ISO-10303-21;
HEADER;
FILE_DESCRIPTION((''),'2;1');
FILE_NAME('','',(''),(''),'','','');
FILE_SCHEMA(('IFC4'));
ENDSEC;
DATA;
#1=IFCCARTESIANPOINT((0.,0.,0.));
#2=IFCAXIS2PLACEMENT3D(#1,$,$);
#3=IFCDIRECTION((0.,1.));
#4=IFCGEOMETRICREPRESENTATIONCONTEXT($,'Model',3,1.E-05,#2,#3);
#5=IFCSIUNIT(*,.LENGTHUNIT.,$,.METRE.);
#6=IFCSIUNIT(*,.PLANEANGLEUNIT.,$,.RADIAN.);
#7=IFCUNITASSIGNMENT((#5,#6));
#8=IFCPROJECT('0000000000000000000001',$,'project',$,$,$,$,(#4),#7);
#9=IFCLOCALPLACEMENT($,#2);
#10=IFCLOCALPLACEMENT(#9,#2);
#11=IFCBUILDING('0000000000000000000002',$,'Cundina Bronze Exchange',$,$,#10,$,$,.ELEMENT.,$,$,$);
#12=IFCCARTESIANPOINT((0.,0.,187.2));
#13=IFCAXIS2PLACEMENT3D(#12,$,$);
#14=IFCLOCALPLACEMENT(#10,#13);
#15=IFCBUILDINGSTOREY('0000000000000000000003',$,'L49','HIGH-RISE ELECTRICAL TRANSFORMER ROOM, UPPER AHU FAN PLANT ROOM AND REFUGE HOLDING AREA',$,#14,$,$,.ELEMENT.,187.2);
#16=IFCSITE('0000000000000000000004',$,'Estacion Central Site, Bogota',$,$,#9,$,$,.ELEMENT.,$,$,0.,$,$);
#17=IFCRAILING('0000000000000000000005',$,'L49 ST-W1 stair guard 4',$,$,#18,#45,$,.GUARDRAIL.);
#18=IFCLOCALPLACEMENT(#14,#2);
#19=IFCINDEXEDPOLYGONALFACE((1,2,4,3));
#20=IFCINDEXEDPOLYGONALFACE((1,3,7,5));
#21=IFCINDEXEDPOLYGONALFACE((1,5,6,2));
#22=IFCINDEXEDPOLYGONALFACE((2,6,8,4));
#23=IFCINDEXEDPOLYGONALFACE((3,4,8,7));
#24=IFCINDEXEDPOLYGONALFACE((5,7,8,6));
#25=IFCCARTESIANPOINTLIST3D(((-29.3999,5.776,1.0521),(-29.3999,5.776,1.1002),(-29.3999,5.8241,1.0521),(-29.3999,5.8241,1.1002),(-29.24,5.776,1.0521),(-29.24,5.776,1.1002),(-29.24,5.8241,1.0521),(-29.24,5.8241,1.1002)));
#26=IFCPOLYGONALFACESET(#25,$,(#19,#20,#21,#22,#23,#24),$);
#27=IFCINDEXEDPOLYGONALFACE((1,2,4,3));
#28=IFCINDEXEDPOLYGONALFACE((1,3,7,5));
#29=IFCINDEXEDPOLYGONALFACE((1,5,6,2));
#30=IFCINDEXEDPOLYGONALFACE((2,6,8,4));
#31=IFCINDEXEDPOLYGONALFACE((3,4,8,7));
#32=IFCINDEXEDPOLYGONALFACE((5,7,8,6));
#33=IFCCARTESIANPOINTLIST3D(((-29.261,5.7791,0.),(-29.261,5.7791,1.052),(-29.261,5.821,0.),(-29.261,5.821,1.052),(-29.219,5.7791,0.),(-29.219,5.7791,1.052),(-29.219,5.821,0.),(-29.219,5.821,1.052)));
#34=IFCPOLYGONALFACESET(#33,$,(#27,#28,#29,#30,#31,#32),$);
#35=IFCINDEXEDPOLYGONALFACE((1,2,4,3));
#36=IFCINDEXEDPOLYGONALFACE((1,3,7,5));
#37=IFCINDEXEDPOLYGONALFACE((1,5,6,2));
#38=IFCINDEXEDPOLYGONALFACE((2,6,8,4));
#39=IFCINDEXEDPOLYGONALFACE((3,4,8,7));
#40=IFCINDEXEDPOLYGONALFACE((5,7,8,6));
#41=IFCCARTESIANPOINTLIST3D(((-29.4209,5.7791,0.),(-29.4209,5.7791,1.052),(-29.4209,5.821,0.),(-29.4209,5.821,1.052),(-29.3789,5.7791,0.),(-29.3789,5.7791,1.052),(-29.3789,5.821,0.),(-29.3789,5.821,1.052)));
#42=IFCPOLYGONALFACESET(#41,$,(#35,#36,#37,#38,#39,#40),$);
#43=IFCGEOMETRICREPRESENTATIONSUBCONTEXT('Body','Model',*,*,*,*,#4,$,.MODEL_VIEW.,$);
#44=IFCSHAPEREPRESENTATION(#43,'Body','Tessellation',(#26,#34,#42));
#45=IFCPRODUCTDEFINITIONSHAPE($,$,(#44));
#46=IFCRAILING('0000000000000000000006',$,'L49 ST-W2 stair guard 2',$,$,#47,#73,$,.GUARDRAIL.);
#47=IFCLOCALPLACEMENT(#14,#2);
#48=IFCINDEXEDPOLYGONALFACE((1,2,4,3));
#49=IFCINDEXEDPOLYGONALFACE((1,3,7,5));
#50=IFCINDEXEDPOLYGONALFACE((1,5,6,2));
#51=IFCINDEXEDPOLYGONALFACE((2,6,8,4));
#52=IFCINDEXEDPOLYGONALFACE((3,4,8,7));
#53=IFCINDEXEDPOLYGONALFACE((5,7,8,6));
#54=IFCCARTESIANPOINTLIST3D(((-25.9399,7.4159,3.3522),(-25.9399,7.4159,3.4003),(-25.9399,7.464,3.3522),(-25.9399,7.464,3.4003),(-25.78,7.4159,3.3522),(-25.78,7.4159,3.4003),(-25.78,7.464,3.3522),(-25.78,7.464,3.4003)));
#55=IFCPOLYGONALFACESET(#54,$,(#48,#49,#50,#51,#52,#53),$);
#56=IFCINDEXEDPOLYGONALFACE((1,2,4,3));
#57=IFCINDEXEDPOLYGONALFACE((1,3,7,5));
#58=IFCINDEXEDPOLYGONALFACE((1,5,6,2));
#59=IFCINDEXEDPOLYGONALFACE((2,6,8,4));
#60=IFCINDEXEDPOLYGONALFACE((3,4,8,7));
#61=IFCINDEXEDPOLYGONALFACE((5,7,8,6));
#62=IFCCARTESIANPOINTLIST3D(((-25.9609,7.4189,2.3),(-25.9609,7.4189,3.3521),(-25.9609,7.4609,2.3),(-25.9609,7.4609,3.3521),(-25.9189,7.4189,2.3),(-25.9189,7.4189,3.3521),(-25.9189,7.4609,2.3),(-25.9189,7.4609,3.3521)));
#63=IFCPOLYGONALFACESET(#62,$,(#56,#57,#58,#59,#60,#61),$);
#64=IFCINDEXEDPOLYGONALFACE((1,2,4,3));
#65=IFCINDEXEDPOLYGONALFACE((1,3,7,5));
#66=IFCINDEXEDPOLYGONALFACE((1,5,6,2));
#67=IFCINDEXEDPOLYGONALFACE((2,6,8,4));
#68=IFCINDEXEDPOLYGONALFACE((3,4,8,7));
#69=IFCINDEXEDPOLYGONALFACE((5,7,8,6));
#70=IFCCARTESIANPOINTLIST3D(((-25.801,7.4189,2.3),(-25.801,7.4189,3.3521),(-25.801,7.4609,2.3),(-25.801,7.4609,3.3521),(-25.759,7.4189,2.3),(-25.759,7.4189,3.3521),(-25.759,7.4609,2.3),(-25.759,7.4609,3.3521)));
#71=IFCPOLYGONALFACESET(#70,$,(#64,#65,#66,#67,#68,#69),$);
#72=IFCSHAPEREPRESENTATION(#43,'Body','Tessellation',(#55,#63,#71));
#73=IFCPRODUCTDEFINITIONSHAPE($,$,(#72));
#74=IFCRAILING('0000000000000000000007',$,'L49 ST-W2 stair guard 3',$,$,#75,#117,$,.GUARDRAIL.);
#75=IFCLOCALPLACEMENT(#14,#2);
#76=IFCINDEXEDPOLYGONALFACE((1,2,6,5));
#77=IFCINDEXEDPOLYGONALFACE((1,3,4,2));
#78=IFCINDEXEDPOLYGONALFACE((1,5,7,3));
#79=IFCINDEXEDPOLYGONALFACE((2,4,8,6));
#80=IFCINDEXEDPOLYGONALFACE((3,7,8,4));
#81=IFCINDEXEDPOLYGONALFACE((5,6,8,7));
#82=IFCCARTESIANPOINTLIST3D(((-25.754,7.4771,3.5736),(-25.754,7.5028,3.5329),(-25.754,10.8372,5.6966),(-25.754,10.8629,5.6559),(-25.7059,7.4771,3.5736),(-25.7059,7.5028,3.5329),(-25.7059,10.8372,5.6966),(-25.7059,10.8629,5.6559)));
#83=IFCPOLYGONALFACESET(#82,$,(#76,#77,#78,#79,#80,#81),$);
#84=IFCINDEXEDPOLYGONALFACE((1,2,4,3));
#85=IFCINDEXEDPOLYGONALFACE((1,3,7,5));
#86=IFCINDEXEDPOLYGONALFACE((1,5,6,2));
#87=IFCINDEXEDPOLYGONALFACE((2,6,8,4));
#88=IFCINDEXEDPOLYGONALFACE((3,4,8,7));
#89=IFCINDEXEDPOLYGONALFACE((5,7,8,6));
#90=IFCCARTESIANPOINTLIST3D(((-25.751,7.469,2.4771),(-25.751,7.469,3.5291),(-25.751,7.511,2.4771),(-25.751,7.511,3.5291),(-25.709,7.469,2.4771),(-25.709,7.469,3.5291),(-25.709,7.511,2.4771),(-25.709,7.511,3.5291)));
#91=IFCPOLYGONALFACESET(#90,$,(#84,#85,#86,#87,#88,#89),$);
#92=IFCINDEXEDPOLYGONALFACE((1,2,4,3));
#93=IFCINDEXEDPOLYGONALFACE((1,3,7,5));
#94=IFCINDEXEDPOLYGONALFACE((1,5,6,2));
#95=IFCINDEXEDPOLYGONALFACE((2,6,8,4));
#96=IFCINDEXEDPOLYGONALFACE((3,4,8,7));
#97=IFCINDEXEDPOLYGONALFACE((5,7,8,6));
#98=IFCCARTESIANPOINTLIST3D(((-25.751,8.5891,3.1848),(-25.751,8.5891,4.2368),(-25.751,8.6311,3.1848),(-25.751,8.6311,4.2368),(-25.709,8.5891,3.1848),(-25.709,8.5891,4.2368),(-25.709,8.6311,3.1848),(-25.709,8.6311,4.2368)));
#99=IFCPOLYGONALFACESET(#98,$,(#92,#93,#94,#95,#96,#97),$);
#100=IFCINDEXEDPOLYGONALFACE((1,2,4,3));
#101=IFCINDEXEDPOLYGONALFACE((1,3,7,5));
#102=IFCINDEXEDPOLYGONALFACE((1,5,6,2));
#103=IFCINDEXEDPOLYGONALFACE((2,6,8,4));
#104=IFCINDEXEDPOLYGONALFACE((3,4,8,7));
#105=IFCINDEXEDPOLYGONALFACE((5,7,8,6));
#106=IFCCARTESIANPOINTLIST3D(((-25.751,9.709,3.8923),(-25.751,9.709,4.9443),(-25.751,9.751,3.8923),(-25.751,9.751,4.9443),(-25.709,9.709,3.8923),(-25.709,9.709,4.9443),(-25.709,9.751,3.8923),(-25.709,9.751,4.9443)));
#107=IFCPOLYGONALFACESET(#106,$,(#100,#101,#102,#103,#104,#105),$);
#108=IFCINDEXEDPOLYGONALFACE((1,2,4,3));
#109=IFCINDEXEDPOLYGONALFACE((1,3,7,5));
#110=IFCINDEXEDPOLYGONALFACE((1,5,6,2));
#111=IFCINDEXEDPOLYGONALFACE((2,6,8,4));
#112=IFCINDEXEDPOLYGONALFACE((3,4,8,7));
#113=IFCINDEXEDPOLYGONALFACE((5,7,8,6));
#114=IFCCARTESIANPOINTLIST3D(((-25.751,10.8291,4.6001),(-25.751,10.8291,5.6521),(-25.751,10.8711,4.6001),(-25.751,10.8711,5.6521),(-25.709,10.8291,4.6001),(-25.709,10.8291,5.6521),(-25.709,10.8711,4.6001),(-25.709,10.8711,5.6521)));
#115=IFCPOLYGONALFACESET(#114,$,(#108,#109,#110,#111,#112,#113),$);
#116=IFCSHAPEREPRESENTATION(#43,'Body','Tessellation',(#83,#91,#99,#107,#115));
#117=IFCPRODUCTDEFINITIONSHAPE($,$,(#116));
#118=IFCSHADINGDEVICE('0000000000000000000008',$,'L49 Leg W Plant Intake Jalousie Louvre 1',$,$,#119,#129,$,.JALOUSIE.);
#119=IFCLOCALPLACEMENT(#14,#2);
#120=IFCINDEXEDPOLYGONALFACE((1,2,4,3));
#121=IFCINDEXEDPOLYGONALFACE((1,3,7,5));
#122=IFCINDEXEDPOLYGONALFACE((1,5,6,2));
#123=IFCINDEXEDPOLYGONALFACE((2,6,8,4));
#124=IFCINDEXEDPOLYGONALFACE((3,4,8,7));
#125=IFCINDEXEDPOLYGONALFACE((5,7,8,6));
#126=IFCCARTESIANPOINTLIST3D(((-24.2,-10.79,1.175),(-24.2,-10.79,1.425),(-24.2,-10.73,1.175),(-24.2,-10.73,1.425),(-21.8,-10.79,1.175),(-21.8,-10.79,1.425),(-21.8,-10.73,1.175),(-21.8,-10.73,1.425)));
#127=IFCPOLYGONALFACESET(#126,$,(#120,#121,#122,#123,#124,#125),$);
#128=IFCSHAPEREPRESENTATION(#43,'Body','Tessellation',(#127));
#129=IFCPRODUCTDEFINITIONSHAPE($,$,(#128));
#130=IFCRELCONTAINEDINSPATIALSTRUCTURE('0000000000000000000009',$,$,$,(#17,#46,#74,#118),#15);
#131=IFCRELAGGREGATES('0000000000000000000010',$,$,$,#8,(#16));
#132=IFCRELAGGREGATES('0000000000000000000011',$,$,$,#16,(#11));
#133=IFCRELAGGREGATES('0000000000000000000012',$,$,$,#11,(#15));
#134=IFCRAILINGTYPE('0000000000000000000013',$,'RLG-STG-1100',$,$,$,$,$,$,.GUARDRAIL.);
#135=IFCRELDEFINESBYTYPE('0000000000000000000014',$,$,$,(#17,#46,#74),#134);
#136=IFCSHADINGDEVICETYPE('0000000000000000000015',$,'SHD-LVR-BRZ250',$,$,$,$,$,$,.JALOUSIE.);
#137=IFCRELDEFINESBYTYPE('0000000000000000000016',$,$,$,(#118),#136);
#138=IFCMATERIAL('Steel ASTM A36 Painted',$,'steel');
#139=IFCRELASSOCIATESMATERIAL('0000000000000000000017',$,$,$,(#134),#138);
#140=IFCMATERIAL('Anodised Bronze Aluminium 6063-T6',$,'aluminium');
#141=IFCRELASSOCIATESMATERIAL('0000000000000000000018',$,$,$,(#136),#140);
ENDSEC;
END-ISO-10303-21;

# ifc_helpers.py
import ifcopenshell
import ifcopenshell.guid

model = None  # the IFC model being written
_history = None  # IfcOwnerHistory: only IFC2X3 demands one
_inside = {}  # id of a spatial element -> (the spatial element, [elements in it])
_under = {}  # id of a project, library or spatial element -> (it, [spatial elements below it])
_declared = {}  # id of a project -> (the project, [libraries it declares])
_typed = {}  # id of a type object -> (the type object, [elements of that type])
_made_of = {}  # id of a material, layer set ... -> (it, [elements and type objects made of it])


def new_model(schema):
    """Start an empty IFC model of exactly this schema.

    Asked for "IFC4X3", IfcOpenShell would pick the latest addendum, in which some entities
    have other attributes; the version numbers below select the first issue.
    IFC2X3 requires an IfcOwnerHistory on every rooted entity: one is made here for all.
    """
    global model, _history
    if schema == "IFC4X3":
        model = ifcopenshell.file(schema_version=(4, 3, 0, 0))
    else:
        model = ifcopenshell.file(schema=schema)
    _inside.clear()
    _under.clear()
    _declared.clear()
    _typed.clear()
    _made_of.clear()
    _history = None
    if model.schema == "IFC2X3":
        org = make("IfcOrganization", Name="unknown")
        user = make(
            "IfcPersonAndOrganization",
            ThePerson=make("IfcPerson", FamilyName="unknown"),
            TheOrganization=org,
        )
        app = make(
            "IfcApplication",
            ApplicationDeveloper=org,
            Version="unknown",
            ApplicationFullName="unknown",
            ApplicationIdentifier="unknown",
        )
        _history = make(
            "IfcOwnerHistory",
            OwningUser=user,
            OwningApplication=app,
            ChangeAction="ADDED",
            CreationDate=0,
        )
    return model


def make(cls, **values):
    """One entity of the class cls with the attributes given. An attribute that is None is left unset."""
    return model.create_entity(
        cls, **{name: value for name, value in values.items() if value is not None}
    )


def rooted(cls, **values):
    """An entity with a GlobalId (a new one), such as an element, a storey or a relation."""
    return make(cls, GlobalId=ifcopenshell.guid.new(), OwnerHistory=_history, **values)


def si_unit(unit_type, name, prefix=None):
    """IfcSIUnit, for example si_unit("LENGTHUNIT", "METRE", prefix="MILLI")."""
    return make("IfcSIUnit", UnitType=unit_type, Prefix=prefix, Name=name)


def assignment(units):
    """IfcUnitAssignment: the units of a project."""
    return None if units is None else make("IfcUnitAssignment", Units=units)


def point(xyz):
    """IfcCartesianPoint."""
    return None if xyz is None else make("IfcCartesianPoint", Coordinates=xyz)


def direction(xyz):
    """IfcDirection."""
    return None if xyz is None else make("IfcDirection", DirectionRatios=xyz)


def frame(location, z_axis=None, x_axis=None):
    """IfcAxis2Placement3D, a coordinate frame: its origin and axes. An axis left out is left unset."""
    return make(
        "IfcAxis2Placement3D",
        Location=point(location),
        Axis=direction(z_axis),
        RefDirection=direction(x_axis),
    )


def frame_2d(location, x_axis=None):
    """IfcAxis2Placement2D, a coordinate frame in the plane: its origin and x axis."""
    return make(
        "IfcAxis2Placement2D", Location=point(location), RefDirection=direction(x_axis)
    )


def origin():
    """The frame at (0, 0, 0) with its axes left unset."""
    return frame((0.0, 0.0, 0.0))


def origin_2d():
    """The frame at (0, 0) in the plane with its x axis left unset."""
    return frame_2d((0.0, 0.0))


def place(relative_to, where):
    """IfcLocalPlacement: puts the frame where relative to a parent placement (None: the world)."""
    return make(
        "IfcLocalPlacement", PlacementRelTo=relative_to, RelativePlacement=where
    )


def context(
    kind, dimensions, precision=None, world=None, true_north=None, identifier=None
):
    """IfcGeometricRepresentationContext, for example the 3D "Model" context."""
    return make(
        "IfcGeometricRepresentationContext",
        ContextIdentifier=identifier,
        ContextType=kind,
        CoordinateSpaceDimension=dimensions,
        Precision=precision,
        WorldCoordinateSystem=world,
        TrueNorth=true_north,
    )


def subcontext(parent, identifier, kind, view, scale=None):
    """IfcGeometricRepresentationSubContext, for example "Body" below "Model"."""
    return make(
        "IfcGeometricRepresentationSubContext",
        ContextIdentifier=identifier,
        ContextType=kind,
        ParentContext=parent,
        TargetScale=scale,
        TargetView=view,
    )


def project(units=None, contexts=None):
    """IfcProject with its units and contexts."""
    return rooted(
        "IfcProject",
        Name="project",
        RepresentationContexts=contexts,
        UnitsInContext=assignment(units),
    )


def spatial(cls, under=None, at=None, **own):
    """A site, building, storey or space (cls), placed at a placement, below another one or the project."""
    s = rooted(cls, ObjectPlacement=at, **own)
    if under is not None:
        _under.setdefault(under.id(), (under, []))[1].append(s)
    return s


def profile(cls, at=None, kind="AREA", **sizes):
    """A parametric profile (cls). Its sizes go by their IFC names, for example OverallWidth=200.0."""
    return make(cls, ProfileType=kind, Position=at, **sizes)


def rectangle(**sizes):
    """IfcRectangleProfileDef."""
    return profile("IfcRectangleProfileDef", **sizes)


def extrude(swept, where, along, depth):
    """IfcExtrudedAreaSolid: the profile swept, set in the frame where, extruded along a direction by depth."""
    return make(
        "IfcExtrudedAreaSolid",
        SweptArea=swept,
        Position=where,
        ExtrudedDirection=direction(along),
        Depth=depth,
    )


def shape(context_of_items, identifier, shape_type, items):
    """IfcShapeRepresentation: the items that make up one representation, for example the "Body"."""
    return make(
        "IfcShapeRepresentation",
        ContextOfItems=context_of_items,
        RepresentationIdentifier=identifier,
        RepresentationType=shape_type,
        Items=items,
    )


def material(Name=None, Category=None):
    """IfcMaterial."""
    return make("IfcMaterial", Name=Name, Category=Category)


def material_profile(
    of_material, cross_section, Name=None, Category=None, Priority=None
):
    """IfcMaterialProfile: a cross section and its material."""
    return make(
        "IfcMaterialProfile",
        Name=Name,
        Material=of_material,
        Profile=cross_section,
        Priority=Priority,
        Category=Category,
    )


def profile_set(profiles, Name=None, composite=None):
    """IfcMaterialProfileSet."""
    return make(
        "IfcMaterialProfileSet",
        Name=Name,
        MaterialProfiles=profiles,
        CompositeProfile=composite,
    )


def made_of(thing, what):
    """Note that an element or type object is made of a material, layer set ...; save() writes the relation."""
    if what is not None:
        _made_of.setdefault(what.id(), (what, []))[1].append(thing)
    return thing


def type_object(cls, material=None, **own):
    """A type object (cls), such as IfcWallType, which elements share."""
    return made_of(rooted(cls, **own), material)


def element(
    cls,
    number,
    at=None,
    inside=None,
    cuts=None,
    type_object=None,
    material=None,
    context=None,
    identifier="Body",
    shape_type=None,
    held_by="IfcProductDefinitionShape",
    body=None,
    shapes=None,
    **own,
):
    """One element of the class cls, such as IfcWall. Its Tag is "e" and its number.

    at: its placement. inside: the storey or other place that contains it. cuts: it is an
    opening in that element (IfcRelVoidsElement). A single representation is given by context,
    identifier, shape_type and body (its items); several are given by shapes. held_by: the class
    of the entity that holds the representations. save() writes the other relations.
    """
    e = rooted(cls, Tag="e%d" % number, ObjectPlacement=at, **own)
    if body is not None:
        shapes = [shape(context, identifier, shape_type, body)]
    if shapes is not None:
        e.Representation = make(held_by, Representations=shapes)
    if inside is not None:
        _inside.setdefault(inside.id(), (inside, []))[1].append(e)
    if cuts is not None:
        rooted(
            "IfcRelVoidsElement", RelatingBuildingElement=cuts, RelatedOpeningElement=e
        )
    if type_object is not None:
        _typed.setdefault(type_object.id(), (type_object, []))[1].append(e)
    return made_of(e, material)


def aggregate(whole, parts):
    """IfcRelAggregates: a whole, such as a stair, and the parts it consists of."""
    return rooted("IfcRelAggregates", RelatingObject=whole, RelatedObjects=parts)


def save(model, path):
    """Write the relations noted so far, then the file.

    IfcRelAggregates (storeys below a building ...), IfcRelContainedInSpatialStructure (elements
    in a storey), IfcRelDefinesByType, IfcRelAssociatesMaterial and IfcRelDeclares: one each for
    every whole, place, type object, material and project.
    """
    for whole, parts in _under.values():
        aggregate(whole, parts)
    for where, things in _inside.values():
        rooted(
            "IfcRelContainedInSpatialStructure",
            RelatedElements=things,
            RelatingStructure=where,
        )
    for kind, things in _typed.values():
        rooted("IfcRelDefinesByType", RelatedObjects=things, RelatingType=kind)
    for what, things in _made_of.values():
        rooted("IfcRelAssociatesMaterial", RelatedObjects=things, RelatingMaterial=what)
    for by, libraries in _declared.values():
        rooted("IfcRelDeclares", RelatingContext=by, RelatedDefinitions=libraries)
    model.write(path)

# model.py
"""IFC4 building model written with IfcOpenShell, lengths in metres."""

from ifc_helpers import new_model, si_unit, direction, frame, origin, origin_2d, place, context, subcontext, project, spatial, rectangle, extrude, material, material_profile, profile_set, type_object, element, save


model = new_model("IFC4")

# Units and contexts
model_context = context("Model", 3, precision=1e-05, world=origin(), true_north=direction((0.0, 1.0)))
body_context = subcontext(model_context, "Body", "Model", "MODEL_VIEW")
ifc_project = project(units=[si_unit("LENGTHUNIT", "METRE"), si_unit("PLANEANGLEUNIT", "RADIAN")], contexts=[model_context])

# Site, building, storey
site_placement = place(None, origin())
site = spatial("IfcSite", under=ifc_project, at=site_placement, Name="Estacion Central Site, Bogota", CompositionType="ELEMENT", RefElevation=0.0)
building_placement = place(site_placement, origin())
building = spatial("IfcBuilding", under=site, at=building_placement, Name="Cundina Bronze Exchange", CompositionType="ELEMENT")
storey_placement = place(building_placement, frame((0.0, 0.0, 187.2)))
storey = spatial("IfcBuildingStorey", under=building, at=storey_placement, Name="L49", Description="HIGH-RISE ELECTRICAL TRANSFORMER ROOM, UPPER AHU FAN PLANT ROOM AND REFUGE HOLDING AREA", CompositionType="ELEMENT", Elevation=187.2)

# Shared definitions
ifc_material_1 = material(Name="Steel ASTM A36 Painted", Category="steel")

# Railings
ifc_material_2 = material(Name="Anodised Bronze Aluminium 6063-T6", Category="aluminium")
railing_type_1 = type_object("IfcRailingType", Name="RLG-STG-1100", PredefinedType="GUARDRAIL", material=ifc_material_1)
railing_1_placement = place(storey_placement, frame((-29.24, 5.8, 0.0)))
element("IfcRailing", 1, at=railing_1_placement, inside=storey, type_object=railing_type_1, Name="L49 ST-W1 stair guard 4", PredefinedType="GUARDRAIL", context=body_context, shape_type="SweptSolid", body=[
    extrude(rectangle(XDim=0.0481, YDim=0.0481, at=origin_2d()), frame((0.0, 0.0, 1.0762), z_axis=(-1.0, 0.0, 0.0), x_axis=(0.0, -1.0, 0.0)), (0.0, 0.0, 1.0), 0.1599),
    extrude(rectangle(XDim=0.042, YDim=0.042, at=origin_2d()), origin(), (0.0, 0.0, 1.0), 1.052),
    extrude(rectangle(XDim=0.042, YDim=0.042, at=origin_2d()), frame((-0.1599, 0.0, 0.0)), (0.0, 0.0, 1.0), 1.052),
])
railing_2_placement = place(storey_placement, frame((-25.9399, 7.4399, 2.3)))
element("IfcRailing", 2, at=railing_2_placement, inside=storey, type_object=railing_type_1, Name="L49 ST-W2 stair guard 2", PredefinedType="GUARDRAIL", context=body_context, shape_type="SweptSolid", body=[
    extrude(rectangle(XDim=0.0481, YDim=0.0481, at=origin_2d()), frame((0.0, 0.0, 1.0762), z_axis=(1.0, 0.0, 0.0), x_axis=(0.0, 1.0, 0.0)), (0.0, 0.0, 1.0), 0.1599),
    extrude(rectangle(XDim=0.042, YDim=0.042, at=origin_2d()), origin(), (0.0, 0.0, 1.0), 1.052),
    extrude(rectangle(XDim=0.042, YDim=0.042, at=origin_2d()), frame((0.1599, 0.0, 0.0)), (0.0, 0.0, 1.0), 1.052),
])
railing_3_placement = place(storey_placement, frame((-25.73, 7.49, 2.4771)))
element("IfcRailing", 3, at=railing_3_placement, inside=storey, type_object=railing_type_1, Name="L49 ST-W2 stair guard 3", PredefinedType="GUARDRAIL", context=body_context, shape_type="SweptSolid", body=[
    extrude(rectangle(XDim=0.0481, YDim=0.0481, at=origin_2d()), frame((0.0, 0.0, 1.0762), z_axis=(0.0, 0.84539, 0.53415), x_axis=(-1.0, 0.0, 0.0)), (0.0, 0.0, 1.0), 3.9746),
    extrude(rectangle(XDim=0.042, YDim=0.042, at=origin_2d()), origin(), (0.0, 0.0, 1.0), 1.052),
    extrude(rectangle(XDim=0.042, YDim=0.042, at=origin_2d()), frame((0.0, 1.1201, 0.7078)), (0.0, 0.0, 1.0), 1.052),
    extrude(rectangle(XDim=0.042, YDim=0.042, at=origin_2d()), frame((0.0, 2.24, 1.4153)), (0.0, 0.0, 1.0), 1.052),
    extrude(rectangle(XDim=0.042, YDim=0.042, at=origin_2d()), frame((0.0, 3.3601, 2.123)), (0.0, 0.0, 1.0), 1.052),
])

# Shading device
ifc_material_profile_1 = material_profile(ifc_material_2, rectangle(XDim=0.0601, YDim=0.25, at=origin_2d()), Name="LVR60X250", Category="aluminium")
ifc_profile_set_1 = profile_set([ifc_material_profile_1], Name="Anodised Bronze Aluminium 6063-T6")
shading_device_type = type_object("IfcShadingDeviceType", Name="SHD-LVR-BRZ250", PredefinedType="JALOUSIE", material=ifc_profile_set_1)
shading_device_placement = place(storey_placement, frame((-24.2, -10.76, 1.3), z_axis=(1.0, 0.0, 0.0), x_axis=(0.0, 1.0, 0.0)))
element("IfcShadingDevice", 4, at=shading_device_placement, inside=storey, type_object=shading_device_type, Name="L49 Leg W Plant Intake Jalousie Louvre 1", PredefinedType="JALOUSIE", context=body_context, shape_type="SweptSolid", body=[
    extrude(rectangle(XDim=0.0601, YDim=0.25, at=origin_2d()), origin(), (0.0, 0.0, 1.0), 2.3999),
])

save(model, "model.ifc")
